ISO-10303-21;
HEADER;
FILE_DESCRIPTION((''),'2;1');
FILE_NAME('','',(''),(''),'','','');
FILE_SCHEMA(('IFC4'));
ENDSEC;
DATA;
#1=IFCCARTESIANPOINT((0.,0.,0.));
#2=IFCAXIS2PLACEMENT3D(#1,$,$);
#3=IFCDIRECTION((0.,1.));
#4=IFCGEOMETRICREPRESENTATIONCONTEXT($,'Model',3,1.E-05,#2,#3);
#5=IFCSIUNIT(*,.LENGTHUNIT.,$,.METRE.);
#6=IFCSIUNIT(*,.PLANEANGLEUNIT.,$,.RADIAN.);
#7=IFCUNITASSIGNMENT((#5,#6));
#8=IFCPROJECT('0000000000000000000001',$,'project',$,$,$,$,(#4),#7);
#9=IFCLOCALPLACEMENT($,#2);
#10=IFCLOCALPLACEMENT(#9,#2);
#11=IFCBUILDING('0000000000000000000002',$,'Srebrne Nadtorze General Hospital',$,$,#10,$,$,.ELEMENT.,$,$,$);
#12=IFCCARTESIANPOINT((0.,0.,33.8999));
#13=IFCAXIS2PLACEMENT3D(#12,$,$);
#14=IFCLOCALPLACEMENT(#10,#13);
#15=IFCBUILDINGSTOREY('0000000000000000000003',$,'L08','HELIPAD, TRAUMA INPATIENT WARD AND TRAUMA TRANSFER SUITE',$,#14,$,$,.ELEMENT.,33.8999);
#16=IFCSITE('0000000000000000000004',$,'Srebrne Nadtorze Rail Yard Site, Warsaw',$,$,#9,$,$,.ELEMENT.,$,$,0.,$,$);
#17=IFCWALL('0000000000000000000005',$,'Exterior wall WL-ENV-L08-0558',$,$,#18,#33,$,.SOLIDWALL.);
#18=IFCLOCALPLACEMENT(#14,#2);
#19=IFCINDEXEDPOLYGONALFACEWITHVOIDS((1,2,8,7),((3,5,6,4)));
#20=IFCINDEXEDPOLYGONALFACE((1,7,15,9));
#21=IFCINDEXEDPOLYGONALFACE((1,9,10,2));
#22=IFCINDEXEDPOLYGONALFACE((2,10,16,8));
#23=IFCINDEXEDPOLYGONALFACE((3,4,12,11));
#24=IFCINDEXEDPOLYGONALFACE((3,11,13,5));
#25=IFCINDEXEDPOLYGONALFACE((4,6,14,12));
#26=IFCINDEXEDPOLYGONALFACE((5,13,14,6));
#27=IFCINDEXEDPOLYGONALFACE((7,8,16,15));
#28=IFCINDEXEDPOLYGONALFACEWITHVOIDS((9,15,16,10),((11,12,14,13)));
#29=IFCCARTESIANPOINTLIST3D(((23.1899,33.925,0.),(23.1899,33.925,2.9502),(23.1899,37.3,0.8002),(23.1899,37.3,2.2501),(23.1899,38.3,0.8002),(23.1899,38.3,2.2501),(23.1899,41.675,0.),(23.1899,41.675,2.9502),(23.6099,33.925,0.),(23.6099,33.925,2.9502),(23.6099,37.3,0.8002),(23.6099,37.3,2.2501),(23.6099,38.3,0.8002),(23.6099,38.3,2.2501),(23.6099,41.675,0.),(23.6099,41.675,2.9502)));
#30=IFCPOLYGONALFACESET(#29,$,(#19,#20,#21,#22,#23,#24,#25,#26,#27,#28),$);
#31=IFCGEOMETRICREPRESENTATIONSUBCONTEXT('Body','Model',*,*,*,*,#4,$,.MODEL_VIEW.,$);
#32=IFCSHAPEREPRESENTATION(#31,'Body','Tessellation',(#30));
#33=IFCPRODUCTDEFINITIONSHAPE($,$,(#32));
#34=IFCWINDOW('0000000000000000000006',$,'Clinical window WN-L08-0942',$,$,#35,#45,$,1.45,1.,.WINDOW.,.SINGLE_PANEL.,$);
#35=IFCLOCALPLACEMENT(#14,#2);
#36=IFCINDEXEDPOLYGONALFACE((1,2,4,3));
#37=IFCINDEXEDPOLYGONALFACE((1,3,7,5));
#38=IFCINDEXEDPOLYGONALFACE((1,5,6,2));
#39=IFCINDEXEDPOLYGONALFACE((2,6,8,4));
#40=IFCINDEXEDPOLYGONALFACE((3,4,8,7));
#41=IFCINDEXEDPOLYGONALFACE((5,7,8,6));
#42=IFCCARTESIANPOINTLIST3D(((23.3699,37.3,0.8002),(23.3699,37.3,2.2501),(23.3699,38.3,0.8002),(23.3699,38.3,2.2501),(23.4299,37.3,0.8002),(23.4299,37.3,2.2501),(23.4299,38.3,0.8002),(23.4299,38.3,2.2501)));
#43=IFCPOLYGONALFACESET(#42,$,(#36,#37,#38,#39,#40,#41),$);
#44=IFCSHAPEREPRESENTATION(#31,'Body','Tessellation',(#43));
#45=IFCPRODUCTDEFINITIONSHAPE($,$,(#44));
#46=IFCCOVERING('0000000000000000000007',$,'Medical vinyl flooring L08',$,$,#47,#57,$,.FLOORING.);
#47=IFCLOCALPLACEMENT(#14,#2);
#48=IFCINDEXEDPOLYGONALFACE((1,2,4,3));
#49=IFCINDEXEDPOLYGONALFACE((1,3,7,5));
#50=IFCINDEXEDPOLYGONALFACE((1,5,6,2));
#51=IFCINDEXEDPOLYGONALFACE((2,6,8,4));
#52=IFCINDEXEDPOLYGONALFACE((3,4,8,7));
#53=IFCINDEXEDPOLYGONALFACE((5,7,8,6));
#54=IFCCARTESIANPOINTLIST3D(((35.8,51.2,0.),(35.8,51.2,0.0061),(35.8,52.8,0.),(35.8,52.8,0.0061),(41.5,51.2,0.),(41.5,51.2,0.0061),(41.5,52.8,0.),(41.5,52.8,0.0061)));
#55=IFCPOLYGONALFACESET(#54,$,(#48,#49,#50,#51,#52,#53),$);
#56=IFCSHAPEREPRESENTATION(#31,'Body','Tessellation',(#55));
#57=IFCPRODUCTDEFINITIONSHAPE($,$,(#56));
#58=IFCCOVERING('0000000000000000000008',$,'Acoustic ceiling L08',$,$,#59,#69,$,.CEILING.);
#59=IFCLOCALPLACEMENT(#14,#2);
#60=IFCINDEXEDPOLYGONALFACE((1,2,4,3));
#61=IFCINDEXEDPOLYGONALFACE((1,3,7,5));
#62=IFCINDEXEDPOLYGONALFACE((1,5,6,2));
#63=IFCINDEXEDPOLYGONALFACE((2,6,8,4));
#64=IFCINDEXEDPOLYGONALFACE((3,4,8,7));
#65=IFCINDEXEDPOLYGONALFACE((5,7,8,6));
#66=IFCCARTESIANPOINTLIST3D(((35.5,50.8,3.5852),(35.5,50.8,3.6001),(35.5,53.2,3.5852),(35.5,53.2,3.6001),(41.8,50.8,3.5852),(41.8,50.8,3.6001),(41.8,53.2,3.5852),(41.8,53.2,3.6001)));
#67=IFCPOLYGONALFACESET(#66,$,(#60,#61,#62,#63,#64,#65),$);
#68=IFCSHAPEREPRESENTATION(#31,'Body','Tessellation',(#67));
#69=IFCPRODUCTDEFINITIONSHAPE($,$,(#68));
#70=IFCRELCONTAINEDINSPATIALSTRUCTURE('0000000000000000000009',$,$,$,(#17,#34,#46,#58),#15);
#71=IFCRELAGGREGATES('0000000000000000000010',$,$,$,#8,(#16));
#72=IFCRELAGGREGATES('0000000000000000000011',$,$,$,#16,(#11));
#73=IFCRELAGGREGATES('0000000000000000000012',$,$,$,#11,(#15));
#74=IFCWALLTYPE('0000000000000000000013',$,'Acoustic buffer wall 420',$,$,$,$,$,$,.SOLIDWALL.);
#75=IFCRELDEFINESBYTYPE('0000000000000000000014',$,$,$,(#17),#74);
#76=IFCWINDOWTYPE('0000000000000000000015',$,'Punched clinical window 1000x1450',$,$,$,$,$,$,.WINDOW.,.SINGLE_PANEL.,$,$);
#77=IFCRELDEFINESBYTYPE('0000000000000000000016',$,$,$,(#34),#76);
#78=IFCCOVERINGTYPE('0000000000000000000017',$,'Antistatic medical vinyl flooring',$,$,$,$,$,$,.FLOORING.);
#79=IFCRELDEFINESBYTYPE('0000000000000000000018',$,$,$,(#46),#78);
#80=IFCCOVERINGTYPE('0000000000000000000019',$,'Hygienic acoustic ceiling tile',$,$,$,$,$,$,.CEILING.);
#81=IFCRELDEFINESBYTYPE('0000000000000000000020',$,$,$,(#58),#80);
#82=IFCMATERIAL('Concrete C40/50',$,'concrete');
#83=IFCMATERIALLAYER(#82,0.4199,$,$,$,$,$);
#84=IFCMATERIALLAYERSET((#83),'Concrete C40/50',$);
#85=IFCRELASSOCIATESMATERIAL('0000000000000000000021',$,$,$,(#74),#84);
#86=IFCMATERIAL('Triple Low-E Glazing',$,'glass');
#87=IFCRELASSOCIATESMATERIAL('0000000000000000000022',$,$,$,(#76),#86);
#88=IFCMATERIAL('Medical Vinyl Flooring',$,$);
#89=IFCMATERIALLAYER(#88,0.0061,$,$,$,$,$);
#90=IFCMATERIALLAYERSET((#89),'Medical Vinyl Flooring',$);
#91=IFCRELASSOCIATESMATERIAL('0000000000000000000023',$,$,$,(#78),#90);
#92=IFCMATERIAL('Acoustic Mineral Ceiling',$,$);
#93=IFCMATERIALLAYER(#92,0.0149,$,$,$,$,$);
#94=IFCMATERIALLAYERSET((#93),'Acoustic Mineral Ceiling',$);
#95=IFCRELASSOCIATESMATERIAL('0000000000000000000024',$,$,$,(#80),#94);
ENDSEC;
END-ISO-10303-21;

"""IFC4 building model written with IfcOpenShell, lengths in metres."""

from ifc_helpers import new_model, si_unit, direction, frame, frame_2d, origin, place, context, subcontext, project, spatial, polyline, rectangle, outline, extrude, material, layer, layer_set, type_object, element, fill, save


model = new_model("IFC4")

# Units and contexts
model_context = context("Model", 3, precision=1e-05, world=origin(), true_north=direction((0.0, 1.0)))
body_context = subcontext(model_context, "Body", "Model", "MODEL_VIEW")
ifc_project = project(units=[si_unit("LENGTHUNIT", "METRE"), si_unit("PLANEANGLEUNIT", "RADIAN")], contexts=[model_context])

# Site, building, storey
site_placement = place(None, origin())
site = spatial("IfcSite", under=ifc_project, at=site_placement, Name="Srebrne Nadtorze Rail Yard Site, Warsaw", CompositionType="ELEMENT", RefElevation=0.0)
building_placement = place(site_placement, origin())
building = spatial("IfcBuilding", under=site, at=building_placement, Name="Srebrne Nadtorze General Hospital", CompositionType="ELEMENT")
storey_placement = place(building_placement, frame((0.0, 0.0, 33.8999)))
storey = spatial("IfcBuildingStorey", under=building, at=storey_placement, Name="L08", Description="HELIPAD, TRAUMA INPATIENT WARD AND TRAUMA TRANSFER SUITE", CompositionType="ELEMENT", Elevation=33.8999)

# Wall, opening, window
ifc_material_1 = material(Name="Concrete C40/50", Category="concrete")
ifc_layer_1 = layer(ifc_material_1, 0.4199)
ifc_layer_set_1 = layer_set([ifc_layer_1], Name="Concrete C40/50")
wall_type = type_object("IfcWallType", Name="Acoustic buffer wall 420", PredefinedType="SOLIDWALL", material=ifc_layer_set_1)
wall_placement = place(storey_placement, frame((23.3999, 33.925, 0.0), z_axis=(0.0, 0.0, 1.0), x_axis=(0.0, 1.0, 0.0)))
wall = element("IfcWall", 1, at=wall_placement, inside=storey, type_object=wall_type, Name="Exterior wall WL-ENV-L08-0558", PredefinedType="SOLIDWALL", context=body_context, shape_type="SweptSolid", body=[
    extrude(rectangle(XDim=7.75, YDim=0.4199, at=frame_2d((3.875, 0.0))), origin(), (0.0, 0.0, 1.0), 2.9502),
])
opening_placement = place(wall_placement, frame((3.375, 0.0, 0.8)))
opening = element("IfcOpeningElement", 2, at=opening_placement, cuts=wall, PredefinedType="OPENING", context=body_context, shape_type="SweptSolid", body=[
    extrude(rectangle(XDim=1.0, YDim=1.45, at=frame_2d((0.5, 0.7251))), frame((0.0, 0.2219, 0.0), z_axis=(0.0, -1.0, 0.0), x_axis=(1.0, 0.0, 0.0)), (0.0, 0.0, 1.0), 0.4438),
])
ifc_material_2 = material(Name="Triple Low-E Glazing", Category="glass")
window_type = type_object("IfcWindowType", Name="Punched clinical window 1000x1450", PartitioningType="SINGLE_PANEL", PredefinedType="WINDOW", material=ifc_material_2)
window_placement = place(opening_placement, origin())
window = element("IfcWindow", 3, at=window_placement, inside=storey, type_object=window_type, Name="Clinical window WN-L08-0942", OverallHeight=1.45, OverallWidth=1.0, PartitioningType="SINGLE_PANEL", PredefinedType="WINDOW", context=body_context, shape_type="SweptSolid", body=[
    extrude(rectangle(XDim=1.0, YDim=1.45, at=frame_2d((0.5, 0.7251))), frame((0.0, 0.03, 0.0), z_axis=(0.0, -1.0, 0.0), x_axis=(1.0, 0.0, 0.0)), (0.0, 0.0, 1.0), 0.0601),
])
fill(opening, window)

# Coverings
ifc_material_3 = material(Name="Medical Vinyl Flooring")
ifc_layer_2 = layer(ifc_material_3, 0.0061)
ifc_layer_set_2 = layer_set([ifc_layer_2], Name="Medical Vinyl Flooring")
covering_type_1 = type_object("IfcCoveringType", Name="Antistatic medical vinyl flooring", PredefinedType="FLOORING", material=ifc_layer_set_2)
covering_1_placement = place(storey_placement, origin())
element("IfcCovering", 4, at=covering_1_placement, inside=storey, type_object=covering_type_1, Name="Medical vinyl flooring L08", PredefinedType="FLOORING", context=body_context, shape_type="SweptSolid", body=[
    extrude(outline(polyline([(35.8, 51.2), (41.5, 51.2), (41.5, 52.8), (35.8, 52.8), (35.8, 51.2)])), origin(), (0.0, 0.0, 1.0), 0.0061),
])
ifc_material_4 = material(Name="Acoustic Mineral Ceiling")
ifc_layer_3 = layer(ifc_material_4, 0.0149)
ifc_layer_set_3 = layer_set([ifc_layer_3], Name="Acoustic Mineral Ceiling")
covering_type_2 = type_object("IfcCoveringType", Name="Hygienic acoustic ceiling tile", PredefinedType="CEILING", material=ifc_layer_set_3)
covering_2_placement = place(storey_placement, frame((0.0, 0.0, 3.5852)))
element("IfcCovering", 5, at=covering_2_placement, inside=storey, type_object=covering_type_2, Name="Acoustic ceiling L08", PredefinedType="CEILING", context=body_context, shape_type="SweptSolid", body=[
    extrude(outline(polyline([(35.5, 50.8), (41.8, 50.8), (41.8, 53.2), (35.5, 53.2), (35.5, 50.8)])), origin(), (0.0, 0.0, 1.0), 0.0149),
])

save(model, "model.ifc")
